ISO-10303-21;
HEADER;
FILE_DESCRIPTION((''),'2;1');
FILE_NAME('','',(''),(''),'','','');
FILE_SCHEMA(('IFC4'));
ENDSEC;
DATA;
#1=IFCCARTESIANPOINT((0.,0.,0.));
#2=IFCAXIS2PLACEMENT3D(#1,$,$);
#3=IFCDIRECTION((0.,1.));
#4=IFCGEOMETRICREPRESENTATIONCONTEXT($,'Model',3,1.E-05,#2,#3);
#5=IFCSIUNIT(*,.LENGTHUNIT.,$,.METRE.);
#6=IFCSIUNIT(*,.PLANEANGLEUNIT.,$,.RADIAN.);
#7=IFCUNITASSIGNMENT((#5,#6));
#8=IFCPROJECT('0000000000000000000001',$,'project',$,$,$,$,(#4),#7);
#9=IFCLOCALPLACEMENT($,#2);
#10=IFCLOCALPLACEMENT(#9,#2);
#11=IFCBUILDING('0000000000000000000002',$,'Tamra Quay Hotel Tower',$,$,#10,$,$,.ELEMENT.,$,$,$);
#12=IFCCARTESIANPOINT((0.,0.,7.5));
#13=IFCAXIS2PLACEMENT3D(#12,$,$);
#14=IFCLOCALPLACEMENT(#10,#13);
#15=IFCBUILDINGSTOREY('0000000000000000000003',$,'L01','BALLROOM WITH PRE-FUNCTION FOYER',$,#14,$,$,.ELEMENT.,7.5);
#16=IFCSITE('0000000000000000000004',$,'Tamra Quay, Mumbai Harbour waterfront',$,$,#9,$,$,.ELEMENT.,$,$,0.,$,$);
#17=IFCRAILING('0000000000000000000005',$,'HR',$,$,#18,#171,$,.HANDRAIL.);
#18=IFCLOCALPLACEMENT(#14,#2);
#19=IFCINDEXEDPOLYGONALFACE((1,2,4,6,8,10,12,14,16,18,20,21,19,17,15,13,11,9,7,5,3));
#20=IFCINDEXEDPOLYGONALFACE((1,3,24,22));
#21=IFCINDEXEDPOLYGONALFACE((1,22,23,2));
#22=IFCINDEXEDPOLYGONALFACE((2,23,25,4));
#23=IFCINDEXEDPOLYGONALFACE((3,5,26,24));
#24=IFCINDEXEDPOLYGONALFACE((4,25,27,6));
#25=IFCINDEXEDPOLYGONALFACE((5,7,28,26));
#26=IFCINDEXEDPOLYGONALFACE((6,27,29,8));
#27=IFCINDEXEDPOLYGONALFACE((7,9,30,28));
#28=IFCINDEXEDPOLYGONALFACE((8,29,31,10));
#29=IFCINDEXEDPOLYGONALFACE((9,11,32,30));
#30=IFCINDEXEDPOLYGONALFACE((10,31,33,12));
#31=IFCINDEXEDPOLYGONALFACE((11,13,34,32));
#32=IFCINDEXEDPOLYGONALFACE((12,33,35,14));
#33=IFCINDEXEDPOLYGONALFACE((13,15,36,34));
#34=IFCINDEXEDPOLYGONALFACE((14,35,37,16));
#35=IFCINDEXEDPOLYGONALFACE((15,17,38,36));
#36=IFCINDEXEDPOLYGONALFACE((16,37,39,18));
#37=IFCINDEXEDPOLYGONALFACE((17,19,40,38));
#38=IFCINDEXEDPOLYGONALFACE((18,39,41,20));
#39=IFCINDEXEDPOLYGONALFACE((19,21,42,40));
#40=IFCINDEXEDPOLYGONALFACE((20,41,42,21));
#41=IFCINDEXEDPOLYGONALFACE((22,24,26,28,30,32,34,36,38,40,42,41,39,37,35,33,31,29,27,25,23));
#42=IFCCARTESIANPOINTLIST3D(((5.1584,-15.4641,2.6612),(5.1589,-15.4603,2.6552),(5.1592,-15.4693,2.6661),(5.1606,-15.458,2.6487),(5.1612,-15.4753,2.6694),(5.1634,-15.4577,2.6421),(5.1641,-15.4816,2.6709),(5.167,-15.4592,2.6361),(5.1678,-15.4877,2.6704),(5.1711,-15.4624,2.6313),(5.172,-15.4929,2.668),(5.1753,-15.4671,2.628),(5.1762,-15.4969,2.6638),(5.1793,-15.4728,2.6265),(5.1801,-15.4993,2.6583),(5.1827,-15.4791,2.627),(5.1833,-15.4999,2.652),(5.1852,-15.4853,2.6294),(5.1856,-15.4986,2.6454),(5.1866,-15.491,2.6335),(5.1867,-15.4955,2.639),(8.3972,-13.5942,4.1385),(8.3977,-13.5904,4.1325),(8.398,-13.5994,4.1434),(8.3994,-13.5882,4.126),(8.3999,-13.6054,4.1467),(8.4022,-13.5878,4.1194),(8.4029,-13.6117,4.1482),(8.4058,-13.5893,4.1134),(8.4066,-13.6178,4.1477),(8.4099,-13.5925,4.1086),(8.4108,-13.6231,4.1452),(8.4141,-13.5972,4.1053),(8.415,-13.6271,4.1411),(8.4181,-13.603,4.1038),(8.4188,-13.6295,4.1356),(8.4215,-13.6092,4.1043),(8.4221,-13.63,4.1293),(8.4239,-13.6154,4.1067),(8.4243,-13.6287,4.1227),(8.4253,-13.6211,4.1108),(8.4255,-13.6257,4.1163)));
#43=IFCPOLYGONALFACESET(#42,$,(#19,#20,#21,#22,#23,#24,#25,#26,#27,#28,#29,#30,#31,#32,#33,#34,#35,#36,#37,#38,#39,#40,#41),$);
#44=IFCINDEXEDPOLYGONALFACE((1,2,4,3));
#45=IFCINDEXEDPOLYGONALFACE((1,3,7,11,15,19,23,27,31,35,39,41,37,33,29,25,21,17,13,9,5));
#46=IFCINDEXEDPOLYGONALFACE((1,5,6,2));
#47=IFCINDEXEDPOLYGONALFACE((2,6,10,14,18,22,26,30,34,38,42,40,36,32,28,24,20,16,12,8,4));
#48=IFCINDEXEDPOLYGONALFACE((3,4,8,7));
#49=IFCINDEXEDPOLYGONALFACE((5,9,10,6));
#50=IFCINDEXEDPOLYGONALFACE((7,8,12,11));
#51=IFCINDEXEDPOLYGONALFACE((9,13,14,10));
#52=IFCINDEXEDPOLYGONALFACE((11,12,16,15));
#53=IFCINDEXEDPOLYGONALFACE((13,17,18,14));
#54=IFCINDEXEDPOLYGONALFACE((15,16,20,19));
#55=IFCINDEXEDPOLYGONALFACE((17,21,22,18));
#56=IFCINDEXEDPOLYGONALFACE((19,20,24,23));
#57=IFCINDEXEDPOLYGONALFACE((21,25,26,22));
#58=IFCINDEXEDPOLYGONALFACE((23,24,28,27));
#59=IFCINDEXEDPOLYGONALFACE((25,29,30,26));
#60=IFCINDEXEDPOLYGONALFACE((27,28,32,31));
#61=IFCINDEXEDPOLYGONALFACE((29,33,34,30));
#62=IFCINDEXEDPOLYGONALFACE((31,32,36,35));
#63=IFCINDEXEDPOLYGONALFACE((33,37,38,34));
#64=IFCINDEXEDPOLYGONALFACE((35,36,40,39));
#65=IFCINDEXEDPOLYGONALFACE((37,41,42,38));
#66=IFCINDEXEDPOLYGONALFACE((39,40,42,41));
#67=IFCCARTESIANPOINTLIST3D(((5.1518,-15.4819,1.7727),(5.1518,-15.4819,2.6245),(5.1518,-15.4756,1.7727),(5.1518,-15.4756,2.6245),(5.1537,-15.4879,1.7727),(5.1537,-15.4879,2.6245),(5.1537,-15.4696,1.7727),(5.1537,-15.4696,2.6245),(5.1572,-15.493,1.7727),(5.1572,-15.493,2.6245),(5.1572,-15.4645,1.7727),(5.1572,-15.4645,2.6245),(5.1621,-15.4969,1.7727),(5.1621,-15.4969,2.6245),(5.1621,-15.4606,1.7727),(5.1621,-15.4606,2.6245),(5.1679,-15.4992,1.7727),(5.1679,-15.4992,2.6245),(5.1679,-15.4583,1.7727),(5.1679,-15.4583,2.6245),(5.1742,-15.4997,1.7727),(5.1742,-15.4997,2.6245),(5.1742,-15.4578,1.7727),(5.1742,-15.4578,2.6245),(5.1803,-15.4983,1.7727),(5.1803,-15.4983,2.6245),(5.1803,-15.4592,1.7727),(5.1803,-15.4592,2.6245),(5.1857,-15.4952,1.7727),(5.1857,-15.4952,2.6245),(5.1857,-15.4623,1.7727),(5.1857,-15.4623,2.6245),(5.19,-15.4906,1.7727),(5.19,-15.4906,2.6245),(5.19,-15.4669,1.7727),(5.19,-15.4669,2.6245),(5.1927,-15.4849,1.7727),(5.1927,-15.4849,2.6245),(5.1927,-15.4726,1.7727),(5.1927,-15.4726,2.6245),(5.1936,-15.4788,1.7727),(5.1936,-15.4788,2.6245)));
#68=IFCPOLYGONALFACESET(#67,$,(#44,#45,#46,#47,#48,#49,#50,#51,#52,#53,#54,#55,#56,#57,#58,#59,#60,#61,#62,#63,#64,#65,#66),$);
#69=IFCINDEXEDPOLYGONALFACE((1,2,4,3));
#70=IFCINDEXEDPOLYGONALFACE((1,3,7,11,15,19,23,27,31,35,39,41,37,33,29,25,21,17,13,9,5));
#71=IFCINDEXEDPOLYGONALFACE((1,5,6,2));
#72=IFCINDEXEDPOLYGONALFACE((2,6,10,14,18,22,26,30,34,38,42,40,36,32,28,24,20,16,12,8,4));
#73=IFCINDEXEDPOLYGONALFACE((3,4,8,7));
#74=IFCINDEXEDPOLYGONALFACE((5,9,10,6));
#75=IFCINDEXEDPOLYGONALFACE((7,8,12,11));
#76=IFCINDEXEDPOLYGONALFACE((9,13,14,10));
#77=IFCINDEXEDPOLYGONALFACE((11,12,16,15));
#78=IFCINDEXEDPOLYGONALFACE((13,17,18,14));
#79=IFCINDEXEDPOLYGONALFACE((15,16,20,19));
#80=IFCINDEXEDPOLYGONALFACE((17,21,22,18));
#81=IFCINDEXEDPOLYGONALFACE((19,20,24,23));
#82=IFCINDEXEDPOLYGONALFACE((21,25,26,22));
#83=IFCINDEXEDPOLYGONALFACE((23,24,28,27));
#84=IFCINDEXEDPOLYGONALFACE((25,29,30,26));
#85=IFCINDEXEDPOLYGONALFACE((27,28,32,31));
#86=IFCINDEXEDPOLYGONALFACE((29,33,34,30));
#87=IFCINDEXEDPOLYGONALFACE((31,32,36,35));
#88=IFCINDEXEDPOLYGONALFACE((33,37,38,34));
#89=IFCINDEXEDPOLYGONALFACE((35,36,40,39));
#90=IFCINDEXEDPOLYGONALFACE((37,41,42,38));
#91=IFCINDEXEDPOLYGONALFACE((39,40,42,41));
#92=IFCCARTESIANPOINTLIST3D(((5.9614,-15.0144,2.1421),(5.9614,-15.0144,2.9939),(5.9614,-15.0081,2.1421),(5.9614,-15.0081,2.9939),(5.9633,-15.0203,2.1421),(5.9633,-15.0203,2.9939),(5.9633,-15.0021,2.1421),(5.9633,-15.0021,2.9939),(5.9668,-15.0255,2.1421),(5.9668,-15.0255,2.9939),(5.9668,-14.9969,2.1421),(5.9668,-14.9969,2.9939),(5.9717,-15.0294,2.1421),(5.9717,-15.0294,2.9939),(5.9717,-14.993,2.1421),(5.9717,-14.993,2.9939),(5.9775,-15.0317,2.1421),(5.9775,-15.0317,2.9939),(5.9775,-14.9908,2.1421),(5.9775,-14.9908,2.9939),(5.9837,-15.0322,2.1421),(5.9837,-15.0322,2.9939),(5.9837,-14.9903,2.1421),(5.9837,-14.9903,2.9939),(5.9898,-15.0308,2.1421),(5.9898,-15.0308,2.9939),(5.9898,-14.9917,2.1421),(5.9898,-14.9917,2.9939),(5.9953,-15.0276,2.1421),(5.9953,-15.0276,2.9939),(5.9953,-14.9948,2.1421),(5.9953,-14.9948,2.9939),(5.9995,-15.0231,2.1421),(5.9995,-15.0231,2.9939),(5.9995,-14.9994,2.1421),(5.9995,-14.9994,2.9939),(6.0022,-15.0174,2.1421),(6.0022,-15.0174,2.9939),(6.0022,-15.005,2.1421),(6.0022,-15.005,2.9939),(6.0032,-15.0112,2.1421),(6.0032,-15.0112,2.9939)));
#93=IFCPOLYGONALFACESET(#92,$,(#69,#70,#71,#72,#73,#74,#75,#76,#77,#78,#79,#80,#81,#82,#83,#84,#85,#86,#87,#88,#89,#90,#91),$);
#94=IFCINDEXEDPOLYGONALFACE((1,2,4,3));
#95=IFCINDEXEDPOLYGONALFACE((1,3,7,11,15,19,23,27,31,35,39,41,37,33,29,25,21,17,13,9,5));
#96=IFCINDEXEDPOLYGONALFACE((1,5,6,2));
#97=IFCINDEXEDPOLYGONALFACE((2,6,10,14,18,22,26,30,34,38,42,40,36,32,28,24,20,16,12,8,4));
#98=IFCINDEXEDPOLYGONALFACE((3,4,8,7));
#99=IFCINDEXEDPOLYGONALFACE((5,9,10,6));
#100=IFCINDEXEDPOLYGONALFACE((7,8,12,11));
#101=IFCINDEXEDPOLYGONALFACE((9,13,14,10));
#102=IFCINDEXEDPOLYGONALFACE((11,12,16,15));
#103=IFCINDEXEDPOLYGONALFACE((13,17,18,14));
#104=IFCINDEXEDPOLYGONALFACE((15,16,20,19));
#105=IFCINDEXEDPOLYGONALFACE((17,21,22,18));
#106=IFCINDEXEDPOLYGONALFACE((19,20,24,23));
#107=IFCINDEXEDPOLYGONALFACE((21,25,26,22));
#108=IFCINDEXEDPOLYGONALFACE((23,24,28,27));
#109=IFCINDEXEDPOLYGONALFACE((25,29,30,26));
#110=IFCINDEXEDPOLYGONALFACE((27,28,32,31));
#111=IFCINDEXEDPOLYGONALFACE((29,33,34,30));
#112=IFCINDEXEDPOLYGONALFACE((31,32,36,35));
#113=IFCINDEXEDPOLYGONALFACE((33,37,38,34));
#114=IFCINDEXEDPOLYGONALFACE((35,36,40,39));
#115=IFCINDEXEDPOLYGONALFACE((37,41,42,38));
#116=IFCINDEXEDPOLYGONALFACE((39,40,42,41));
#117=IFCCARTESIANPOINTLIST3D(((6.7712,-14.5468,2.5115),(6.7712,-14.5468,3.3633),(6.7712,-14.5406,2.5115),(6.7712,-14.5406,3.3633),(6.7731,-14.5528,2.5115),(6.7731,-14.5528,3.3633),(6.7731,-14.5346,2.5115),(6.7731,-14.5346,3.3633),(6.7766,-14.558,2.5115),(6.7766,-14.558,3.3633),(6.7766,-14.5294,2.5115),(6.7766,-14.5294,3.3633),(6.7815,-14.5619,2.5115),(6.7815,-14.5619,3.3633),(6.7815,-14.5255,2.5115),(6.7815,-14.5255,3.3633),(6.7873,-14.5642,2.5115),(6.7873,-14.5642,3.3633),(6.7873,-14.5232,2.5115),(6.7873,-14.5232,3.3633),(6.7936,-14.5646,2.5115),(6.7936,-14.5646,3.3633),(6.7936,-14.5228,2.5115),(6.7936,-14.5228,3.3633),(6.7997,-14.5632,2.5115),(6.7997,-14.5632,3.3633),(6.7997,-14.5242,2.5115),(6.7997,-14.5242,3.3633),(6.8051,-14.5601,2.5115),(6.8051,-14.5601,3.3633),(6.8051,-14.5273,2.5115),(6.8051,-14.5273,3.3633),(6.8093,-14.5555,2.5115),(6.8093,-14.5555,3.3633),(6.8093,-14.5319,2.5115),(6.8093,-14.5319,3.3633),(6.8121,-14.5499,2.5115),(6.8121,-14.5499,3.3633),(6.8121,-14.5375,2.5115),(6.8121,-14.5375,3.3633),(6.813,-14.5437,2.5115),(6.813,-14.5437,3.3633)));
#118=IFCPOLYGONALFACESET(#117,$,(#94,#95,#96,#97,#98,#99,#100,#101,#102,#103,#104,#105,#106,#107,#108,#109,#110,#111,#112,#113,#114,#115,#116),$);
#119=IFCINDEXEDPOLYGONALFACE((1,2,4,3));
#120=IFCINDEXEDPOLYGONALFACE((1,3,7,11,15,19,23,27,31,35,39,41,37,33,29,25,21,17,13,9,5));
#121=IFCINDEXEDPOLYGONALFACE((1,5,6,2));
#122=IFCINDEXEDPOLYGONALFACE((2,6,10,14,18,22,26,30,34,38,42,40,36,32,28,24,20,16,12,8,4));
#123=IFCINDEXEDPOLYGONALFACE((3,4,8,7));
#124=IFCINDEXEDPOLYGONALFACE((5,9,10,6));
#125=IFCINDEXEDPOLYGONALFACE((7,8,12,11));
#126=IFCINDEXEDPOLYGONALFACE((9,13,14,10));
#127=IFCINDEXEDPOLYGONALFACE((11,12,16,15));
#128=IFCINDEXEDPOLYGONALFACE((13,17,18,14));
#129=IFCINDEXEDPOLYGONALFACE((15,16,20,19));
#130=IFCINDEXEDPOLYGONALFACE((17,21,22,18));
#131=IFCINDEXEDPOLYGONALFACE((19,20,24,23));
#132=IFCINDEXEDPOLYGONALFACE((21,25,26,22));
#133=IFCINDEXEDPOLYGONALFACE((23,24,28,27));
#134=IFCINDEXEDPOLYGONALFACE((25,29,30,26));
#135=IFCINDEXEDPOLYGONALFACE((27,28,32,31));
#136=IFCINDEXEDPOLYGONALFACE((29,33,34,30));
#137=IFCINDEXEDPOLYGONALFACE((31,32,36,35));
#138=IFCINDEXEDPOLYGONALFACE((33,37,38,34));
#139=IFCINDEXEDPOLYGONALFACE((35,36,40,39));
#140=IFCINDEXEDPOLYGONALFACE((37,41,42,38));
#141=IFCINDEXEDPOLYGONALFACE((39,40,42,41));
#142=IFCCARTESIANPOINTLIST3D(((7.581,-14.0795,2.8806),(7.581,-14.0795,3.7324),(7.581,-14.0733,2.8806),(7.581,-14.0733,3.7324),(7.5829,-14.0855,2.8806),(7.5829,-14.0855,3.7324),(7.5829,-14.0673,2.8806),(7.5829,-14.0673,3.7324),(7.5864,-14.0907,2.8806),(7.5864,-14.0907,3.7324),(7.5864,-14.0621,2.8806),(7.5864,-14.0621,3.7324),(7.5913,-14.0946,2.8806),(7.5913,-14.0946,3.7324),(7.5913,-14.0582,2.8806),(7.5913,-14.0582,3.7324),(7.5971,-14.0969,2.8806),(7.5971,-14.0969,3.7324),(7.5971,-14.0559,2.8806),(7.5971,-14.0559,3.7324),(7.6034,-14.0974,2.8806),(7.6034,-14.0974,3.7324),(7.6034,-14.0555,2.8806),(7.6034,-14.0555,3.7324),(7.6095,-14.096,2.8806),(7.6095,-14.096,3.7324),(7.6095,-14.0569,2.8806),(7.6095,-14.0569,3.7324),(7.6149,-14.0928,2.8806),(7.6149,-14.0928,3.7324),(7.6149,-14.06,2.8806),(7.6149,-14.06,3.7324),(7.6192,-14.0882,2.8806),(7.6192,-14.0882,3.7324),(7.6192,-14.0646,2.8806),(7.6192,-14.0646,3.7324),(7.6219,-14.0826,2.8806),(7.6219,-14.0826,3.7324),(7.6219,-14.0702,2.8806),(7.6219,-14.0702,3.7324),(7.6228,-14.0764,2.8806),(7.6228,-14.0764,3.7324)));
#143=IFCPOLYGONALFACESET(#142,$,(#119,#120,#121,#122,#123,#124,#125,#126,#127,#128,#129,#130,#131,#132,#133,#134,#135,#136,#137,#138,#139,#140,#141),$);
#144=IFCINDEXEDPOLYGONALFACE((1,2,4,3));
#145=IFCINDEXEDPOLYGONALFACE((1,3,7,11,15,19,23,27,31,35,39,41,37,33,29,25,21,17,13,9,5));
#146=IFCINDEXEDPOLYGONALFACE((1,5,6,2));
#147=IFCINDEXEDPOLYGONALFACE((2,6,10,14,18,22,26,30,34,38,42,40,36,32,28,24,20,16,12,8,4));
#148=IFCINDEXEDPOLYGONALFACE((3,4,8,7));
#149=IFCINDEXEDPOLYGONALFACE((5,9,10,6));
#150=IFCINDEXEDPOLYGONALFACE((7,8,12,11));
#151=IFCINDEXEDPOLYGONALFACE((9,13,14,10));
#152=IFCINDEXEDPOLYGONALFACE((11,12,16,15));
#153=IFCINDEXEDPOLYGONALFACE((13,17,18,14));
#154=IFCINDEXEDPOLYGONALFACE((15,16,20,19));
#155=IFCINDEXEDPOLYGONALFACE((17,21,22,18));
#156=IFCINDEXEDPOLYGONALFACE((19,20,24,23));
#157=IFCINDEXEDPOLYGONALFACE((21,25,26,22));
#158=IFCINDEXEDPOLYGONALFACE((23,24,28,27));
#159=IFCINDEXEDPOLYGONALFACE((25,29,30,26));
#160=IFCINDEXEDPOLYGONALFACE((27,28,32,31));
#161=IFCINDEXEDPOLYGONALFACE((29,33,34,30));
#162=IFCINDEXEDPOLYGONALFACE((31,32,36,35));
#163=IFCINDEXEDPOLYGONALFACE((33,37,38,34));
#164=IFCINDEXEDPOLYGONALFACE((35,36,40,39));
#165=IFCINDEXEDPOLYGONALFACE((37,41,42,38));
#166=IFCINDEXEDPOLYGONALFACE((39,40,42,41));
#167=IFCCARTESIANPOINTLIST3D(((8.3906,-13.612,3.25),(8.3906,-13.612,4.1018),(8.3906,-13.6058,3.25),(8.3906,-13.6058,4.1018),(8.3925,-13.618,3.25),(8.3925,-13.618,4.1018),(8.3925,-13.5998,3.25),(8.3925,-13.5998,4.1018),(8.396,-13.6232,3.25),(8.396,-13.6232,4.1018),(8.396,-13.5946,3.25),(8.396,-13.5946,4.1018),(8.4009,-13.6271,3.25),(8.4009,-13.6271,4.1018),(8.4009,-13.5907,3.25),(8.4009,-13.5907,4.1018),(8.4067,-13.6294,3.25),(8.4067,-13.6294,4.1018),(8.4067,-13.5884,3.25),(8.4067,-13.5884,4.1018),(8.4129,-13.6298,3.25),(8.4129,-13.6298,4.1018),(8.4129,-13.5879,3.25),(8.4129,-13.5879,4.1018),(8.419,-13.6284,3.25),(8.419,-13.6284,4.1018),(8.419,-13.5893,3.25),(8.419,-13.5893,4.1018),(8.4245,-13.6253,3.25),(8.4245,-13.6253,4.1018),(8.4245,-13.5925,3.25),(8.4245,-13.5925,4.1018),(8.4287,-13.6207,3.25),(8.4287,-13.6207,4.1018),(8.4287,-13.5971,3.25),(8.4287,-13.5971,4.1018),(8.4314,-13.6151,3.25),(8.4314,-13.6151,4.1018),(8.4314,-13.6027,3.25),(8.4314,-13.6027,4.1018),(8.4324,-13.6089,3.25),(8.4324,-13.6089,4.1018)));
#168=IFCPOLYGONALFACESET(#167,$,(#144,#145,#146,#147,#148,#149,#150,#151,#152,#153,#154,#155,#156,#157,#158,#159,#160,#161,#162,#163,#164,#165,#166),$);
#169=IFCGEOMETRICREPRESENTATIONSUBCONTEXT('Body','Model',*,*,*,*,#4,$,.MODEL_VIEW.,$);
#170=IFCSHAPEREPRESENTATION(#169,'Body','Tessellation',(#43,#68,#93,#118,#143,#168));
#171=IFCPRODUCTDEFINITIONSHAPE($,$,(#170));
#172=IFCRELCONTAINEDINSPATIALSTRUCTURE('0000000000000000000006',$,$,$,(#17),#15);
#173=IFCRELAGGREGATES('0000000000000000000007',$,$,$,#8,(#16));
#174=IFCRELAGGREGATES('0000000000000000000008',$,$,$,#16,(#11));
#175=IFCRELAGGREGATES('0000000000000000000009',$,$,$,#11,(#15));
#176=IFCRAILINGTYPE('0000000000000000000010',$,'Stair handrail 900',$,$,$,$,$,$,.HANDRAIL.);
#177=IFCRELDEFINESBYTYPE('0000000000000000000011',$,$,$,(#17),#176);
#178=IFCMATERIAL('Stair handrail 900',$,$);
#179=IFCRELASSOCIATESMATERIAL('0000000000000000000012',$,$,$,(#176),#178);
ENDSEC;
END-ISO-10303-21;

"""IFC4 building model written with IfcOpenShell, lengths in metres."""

from ifc_helpers import new_model, si_unit, direction, frame, origin, origin_2d, place, context, subcontext, project, spatial, circle, extrude, material, type_object, element, save


model = new_model("IFC4")

# Units and contexts
model_context = context("Model", 3, precision=1e-05, world=origin(), true_north=direction((0.0, 1.0)))
body_context = subcontext(model_context, "Body", "Model", "MODEL_VIEW")
ifc_project = project(units=[si_unit("LENGTHUNIT", "METRE"), si_unit("PLANEANGLEUNIT", "RADIAN")], contexts=[model_context])

# Site, building, storey
site_placement = place(None, origin())
site = spatial("IfcSite", under=ifc_project, at=site_placement, Name="Tamra Quay, Mumbai Harbour waterfront", CompositionType="ELEMENT", RefElevation=0.0)
building_placement = place(site_placement, origin())
building = spatial("IfcBuilding", under=site, at=building_placement, Name="Tamra Quay Hotel Tower", CompositionType="ELEMENT")
storey_placement = place(building_placement, frame((0.0, 0.0, 7.5)))
storey = spatial("IfcBuildingStorey", under=building, at=storey_placement, Name="L01", Description="BALLROOM WITH PRE-FUNCTION FOYER", CompositionType="ELEMENT", Elevation=7.5)

# Railing
ifc_material_1 = material(Name="Stair handrail 900")
railing_type = type_object("IfcRailingType", Name="Stair handrail 900", PredefinedType="HANDRAIL", material=ifc_material_1)
for number, where, name in (
    (1, (5.1726, -15.4788, 1.7727), "HR"),
):
    element("IfcRailing", number, at=place(storey_placement, frame(where)), inside=storey, type_object=railing_type, Name=name, PredefinedType="HANDRAIL", context=body_context, shape_type="SweptSolid", body=[
        extrude(circle(Radius=0.0239, at=origin_2d()), frame((0.0, 0.0, 0.876), z_axis=(0.805463, 0.465027, 0.367395), x_axis=(-0.499994, 0.866029, 0.0)), (0.0, 0.0, 1.0), 4.021),
        extrude(circle(Radius=0.021, at=origin_2d()), origin(), (0.0, 0.0, 1.0), 0.8518),
        extrude(circle(Radius=0.021, at=origin_2d()), frame((0.8096, 0.4675, 0.3694)), (0.0, 0.0, 1.0), 0.8518),
        extrude(circle(Radius=0.021, at=origin_2d()), frame((1.6194, 0.9351, 0.7388)), (0.0, 0.0, 1.0), 0.8518),
        extrude(circle(Radius=0.021, at=origin_2d()), frame((2.4292, 1.4023, 1.1079)), (0.0, 0.0, 1.0), 0.8518),
        extrude(circle(Radius=0.021, at=origin_2d()), frame((3.2388, 1.8699, 1.4773)), (0.0, 0.0, 1.0), 0.8518),
    ])

save(model, "model.ifc")
